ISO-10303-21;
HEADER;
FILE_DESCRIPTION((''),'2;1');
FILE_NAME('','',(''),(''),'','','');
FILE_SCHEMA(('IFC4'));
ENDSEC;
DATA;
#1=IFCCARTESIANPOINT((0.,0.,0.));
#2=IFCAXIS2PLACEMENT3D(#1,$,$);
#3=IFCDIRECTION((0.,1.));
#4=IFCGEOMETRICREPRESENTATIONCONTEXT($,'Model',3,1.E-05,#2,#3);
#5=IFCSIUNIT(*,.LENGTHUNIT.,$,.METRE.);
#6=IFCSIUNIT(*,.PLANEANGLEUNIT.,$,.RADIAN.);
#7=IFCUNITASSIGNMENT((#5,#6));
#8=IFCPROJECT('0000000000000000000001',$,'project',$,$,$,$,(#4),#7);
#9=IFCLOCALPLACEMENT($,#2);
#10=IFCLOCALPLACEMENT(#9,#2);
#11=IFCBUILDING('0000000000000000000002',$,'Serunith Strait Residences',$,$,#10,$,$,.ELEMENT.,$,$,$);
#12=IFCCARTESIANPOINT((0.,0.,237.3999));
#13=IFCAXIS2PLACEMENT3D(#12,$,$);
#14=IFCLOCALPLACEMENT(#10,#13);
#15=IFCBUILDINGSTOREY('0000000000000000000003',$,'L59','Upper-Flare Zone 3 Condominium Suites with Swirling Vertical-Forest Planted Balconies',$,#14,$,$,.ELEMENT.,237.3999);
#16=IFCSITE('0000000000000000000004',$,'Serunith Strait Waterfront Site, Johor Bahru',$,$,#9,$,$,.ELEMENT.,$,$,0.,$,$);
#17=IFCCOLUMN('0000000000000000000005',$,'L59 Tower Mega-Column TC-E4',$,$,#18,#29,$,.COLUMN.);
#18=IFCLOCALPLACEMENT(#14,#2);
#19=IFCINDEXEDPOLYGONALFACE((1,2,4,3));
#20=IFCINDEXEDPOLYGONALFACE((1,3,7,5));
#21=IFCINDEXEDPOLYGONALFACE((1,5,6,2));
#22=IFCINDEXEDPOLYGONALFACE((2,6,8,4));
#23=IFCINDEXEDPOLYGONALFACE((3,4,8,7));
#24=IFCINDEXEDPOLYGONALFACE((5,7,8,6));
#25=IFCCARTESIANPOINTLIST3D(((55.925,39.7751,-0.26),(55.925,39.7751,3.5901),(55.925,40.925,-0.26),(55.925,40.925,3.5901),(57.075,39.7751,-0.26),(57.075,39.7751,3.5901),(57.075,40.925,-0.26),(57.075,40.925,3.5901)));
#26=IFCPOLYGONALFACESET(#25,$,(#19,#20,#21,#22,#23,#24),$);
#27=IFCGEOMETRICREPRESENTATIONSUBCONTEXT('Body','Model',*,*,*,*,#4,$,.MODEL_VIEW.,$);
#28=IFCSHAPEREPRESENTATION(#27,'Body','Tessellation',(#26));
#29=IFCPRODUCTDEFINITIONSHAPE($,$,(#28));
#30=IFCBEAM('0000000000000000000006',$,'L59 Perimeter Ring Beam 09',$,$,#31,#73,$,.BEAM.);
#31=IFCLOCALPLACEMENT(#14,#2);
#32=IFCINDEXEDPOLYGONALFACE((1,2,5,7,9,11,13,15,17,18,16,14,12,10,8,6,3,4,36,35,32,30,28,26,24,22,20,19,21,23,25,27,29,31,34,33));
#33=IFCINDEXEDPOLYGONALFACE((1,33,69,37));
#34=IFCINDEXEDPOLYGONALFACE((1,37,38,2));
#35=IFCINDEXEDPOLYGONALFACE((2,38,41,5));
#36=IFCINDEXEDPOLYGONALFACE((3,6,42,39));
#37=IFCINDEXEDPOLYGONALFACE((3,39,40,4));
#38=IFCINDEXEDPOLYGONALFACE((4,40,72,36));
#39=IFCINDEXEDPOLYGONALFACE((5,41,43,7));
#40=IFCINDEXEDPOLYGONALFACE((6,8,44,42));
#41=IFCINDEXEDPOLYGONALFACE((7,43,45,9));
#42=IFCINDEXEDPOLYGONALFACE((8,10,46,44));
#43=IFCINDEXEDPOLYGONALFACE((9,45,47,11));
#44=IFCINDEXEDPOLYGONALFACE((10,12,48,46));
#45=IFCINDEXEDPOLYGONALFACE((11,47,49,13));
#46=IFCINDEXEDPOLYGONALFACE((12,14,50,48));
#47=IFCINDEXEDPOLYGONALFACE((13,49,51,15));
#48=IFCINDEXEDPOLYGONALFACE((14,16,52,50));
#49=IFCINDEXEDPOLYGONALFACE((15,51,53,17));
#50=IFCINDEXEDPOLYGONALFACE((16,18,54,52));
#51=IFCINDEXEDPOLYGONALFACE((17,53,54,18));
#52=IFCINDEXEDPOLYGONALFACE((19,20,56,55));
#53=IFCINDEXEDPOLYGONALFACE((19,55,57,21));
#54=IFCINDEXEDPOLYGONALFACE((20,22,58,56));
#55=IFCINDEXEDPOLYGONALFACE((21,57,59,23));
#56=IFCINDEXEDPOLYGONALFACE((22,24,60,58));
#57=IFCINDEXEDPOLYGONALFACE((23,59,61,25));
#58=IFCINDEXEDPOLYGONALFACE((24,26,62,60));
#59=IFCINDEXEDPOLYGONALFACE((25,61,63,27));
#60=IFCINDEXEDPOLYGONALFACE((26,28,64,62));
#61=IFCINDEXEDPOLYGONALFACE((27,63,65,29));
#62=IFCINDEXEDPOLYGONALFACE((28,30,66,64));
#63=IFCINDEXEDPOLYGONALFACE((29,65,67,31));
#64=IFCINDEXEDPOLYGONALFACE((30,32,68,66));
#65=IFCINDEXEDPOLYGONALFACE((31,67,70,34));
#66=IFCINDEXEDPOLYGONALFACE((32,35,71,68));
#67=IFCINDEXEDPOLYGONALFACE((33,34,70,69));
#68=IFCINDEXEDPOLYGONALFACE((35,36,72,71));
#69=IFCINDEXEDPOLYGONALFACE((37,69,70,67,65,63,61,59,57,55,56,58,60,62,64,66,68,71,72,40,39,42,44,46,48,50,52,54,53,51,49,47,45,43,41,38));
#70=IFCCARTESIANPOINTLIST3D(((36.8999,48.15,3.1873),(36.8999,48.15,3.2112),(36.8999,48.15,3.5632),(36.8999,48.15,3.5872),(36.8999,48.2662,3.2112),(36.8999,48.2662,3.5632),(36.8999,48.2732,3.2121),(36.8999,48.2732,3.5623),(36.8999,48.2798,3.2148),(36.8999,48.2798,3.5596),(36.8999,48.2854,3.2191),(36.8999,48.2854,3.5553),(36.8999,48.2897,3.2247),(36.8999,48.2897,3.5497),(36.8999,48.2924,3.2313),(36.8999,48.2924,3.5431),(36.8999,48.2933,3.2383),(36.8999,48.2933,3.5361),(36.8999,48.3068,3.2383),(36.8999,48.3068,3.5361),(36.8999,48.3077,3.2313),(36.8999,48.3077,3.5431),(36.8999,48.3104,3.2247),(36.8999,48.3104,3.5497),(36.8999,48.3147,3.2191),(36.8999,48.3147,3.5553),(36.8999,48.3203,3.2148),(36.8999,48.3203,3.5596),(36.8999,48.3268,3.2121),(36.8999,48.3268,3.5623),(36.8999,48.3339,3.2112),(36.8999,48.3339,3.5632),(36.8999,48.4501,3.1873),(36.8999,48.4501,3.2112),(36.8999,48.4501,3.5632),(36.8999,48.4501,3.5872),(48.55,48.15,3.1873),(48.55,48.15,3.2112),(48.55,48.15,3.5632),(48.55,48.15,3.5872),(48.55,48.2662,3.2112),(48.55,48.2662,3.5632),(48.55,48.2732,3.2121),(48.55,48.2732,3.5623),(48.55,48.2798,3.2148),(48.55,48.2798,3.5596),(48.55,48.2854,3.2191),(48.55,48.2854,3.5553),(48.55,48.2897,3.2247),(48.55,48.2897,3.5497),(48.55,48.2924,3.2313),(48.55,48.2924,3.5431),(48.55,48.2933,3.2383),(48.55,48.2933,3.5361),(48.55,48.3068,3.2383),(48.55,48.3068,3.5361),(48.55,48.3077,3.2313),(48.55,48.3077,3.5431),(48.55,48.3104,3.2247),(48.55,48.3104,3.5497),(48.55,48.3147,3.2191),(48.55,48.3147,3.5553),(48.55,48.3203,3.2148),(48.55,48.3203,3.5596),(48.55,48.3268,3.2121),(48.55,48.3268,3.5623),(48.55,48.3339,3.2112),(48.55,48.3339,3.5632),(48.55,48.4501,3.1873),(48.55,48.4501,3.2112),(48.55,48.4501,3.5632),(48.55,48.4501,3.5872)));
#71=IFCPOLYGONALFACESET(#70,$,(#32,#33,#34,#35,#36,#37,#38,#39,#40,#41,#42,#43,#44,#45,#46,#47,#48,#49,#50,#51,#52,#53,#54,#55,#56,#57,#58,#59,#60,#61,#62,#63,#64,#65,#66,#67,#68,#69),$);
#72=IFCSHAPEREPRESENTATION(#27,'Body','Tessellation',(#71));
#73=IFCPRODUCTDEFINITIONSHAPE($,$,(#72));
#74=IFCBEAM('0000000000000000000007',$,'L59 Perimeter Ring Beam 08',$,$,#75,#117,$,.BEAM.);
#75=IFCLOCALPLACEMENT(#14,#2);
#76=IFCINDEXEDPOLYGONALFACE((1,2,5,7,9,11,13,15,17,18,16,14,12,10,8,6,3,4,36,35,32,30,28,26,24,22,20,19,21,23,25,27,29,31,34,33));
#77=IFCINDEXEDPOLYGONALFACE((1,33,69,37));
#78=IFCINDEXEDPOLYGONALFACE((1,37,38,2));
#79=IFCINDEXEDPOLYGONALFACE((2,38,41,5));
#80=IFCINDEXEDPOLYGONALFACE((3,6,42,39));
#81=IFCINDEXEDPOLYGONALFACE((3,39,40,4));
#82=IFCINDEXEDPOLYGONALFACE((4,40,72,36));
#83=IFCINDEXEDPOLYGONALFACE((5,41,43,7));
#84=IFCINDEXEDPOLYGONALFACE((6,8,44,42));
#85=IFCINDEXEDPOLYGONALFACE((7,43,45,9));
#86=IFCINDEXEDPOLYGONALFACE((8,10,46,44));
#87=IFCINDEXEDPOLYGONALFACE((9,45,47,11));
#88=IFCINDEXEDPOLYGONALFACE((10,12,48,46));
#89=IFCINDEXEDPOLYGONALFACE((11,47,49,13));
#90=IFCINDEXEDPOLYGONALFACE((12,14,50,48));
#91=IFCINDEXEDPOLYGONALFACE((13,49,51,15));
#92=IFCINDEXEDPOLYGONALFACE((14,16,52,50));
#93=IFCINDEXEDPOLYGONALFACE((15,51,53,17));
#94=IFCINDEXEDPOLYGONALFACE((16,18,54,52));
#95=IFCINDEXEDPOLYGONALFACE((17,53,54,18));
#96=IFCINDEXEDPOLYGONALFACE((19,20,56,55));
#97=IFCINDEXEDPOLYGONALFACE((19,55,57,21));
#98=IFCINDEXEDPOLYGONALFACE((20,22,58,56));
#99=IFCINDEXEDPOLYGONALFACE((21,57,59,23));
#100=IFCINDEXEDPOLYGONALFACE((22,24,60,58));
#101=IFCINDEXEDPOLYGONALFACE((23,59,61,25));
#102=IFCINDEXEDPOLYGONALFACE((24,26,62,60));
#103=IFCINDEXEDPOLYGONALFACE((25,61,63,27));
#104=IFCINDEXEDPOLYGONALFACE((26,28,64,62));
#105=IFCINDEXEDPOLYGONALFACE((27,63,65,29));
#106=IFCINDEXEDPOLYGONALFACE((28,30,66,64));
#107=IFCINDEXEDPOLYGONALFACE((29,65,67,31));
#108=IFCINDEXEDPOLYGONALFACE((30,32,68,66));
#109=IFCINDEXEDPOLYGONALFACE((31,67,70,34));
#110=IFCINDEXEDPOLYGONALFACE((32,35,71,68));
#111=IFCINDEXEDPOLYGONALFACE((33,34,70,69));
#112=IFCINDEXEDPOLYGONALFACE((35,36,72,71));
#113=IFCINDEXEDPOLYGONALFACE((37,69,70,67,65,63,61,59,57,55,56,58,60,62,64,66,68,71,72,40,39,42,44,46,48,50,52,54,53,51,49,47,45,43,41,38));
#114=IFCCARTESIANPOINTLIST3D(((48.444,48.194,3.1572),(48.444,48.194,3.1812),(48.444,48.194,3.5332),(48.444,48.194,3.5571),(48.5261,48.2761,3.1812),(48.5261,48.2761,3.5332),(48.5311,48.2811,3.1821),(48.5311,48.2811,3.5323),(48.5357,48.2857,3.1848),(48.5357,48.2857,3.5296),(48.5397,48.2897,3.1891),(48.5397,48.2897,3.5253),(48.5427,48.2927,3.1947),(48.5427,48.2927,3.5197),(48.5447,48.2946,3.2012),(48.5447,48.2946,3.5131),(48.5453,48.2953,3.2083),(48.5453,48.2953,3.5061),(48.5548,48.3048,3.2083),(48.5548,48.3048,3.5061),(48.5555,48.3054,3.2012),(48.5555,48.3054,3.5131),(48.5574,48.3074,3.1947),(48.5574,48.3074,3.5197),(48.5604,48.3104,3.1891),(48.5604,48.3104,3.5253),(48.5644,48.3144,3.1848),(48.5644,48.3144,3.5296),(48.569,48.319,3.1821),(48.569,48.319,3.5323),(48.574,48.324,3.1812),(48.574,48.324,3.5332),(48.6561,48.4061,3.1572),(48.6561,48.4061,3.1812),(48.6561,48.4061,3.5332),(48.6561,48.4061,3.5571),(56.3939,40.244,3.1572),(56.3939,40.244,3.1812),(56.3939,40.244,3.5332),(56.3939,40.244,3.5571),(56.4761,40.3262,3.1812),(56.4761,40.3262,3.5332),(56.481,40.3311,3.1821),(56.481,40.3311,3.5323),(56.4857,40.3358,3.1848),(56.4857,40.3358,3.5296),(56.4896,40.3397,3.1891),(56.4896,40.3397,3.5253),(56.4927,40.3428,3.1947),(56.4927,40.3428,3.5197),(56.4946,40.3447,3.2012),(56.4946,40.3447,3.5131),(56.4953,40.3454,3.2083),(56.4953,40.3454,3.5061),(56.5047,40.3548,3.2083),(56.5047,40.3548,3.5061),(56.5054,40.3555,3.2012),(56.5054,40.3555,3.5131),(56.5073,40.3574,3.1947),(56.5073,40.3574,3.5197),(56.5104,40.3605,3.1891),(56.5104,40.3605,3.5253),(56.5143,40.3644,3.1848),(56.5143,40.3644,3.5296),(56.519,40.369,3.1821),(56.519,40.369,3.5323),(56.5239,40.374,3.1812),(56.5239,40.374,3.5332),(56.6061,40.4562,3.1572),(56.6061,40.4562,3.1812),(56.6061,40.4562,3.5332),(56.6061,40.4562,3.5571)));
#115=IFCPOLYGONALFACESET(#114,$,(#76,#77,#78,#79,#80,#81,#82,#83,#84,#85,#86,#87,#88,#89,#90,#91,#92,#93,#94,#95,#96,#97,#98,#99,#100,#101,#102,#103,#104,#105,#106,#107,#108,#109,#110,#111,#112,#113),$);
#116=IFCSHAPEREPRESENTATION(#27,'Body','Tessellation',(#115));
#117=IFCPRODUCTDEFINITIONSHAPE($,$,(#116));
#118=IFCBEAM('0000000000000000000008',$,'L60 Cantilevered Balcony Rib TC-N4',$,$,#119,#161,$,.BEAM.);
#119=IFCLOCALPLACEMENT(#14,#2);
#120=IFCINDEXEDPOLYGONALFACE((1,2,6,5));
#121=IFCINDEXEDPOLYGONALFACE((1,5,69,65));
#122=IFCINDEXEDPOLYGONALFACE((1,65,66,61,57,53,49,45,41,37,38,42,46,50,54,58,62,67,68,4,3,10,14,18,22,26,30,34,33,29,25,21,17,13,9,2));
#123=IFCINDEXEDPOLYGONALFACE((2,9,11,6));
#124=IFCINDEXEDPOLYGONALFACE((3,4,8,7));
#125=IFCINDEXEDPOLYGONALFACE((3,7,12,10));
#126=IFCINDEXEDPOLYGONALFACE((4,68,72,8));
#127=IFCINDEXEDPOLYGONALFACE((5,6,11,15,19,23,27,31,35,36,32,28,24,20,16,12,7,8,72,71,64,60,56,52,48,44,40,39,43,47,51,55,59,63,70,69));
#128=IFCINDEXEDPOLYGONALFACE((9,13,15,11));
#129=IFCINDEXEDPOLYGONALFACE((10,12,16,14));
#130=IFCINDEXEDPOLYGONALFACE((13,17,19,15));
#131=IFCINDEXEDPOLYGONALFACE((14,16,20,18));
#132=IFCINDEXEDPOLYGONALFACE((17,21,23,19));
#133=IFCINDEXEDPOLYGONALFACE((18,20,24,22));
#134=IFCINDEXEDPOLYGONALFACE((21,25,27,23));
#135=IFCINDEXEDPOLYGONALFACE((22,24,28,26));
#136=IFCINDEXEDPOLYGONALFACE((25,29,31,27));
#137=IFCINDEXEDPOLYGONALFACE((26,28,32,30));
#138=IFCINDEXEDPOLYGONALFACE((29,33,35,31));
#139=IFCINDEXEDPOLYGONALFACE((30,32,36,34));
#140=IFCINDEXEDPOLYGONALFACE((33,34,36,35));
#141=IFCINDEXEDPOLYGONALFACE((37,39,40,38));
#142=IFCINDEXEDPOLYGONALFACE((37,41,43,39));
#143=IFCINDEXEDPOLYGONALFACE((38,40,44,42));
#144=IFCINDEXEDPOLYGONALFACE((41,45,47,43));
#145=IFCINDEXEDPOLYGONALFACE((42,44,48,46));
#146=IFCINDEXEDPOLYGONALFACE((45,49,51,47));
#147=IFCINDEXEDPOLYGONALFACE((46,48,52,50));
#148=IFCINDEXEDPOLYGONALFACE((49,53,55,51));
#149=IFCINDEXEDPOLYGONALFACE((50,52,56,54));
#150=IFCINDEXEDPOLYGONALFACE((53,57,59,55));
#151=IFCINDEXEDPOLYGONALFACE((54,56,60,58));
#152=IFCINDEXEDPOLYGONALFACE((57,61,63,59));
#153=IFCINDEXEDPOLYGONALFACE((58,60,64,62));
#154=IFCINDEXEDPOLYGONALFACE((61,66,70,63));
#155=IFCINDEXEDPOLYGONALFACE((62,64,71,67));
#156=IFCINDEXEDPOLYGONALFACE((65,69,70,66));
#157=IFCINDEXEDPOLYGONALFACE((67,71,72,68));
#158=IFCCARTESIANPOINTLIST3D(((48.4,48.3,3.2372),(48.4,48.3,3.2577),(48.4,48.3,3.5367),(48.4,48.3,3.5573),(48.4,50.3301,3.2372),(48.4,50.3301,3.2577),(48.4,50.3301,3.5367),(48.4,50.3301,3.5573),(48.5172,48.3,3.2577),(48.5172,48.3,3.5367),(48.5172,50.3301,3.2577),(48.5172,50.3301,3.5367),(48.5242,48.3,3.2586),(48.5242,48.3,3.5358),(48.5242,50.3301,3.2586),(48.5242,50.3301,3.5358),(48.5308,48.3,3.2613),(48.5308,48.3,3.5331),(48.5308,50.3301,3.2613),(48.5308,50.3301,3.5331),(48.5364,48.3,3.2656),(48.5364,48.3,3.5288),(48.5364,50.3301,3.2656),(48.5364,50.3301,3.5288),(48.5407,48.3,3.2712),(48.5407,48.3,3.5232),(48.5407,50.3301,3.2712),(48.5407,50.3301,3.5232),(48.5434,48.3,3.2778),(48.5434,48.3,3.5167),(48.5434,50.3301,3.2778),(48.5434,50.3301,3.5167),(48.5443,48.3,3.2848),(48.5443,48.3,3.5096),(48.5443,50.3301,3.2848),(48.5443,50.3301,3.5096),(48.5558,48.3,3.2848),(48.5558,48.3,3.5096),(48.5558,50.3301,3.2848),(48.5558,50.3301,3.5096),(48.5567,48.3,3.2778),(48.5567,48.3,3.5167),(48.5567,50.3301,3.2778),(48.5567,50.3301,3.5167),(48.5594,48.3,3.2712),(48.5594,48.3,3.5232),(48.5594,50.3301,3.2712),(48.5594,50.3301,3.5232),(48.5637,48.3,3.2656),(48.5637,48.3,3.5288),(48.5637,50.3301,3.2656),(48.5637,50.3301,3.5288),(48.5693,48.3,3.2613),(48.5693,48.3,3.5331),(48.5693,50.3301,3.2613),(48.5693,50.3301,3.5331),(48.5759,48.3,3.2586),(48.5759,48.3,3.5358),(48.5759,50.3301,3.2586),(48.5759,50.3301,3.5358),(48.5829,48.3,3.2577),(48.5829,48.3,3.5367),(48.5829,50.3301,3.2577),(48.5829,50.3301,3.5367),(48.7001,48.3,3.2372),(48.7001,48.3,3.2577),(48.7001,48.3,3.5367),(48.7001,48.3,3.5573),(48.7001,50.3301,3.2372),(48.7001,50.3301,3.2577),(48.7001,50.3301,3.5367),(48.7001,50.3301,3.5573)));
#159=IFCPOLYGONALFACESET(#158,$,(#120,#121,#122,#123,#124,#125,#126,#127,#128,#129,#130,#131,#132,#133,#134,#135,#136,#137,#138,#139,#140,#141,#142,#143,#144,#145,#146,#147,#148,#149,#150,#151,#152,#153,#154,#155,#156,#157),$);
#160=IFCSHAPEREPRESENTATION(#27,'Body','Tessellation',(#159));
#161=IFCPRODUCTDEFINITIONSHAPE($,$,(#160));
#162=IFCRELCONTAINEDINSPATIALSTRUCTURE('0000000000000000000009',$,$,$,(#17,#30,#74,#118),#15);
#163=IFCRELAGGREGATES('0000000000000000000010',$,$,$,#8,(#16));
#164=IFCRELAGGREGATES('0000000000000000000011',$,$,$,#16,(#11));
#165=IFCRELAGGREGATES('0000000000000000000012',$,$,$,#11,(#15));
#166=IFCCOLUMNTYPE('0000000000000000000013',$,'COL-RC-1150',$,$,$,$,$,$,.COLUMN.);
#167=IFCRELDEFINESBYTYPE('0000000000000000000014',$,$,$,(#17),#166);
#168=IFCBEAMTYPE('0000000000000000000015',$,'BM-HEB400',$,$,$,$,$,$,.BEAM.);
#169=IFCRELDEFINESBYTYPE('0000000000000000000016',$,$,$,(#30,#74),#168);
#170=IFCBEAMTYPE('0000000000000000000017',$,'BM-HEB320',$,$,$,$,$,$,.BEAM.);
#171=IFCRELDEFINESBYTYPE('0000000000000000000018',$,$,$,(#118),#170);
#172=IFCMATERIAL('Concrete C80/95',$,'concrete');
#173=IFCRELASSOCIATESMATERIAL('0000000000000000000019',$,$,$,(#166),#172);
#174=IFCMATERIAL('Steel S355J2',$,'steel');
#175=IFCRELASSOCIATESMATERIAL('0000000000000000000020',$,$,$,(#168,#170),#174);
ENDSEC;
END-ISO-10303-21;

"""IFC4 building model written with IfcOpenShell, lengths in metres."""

from ifc_helpers import new_model, si_unit, direction, frame, origin, origin_2d, place, context, subcontext, project, spatial, rectangle, i_section, extrude, source, transform, mapped, material, material_profile, profile_set, type_object, element, save


model = new_model("IFC4")

# Units and contexts
model_context = context("Model", 3, precision=1e-05, world=origin(), true_north=direction((0.0, 1.0)))
body_context = subcontext(model_context, "Body", "Model", "MODEL_VIEW")
ifc_project = project(units=[si_unit("LENGTHUNIT", "METRE"), si_unit("PLANEANGLEUNIT", "RADIAN")], contexts=[model_context])

# Site, building, storey
site_placement = place(None, origin())
site = spatial("IfcSite", under=ifc_project, at=site_placement, Name="Serunith Strait Waterfront Site, Johor Bahru", CompositionType="ELEMENT", RefElevation=0.0)
building_placement = place(site_placement, origin())
building = spatial("IfcBuilding", under=site, at=building_placement, Name="Serunith Strait Residences", CompositionType="ELEMENT")
storey_placement = place(building_placement, frame((0.0, 0.0, 237.3999)))
storey = spatial("IfcBuildingStorey", under=building, at=storey_placement, Name="L59", Description="Upper-Flare Zone 3 Condominium Suites with Swirling Vertical-Forest Planted Balconies", CompositionType="ELEMENT", Elevation=237.3999)

# Column
ifc_material_1 = material(Name="Concrete C80/95", Category="concrete")
ifc_material_profile_1 = material_profile(ifc_material_1, rectangle(XDim=1.1499, YDim=1.1499, at=origin_2d()), Name="RC 1150x1150")
ifc_profile_set_1 = profile_set([ifc_material_profile_1], Name="Concrete C80/95")
column_type = type_object("IfcColumnType", Name="COL-RC-1150", PredefinedType="COLUMN", material=ifc_profile_set_1)
shared_shape_1 = source(origin(), body_context, "Body", "SweptSolid", [
    extrude(rectangle(XDim=1.1499, YDim=1.1499, at=origin_2d()), origin(), (0.0, 0.0, 1.0), 3.8501),
])
column_placement = place(storey_placement, frame((56.5, 40.3501, -0.26), z_axis=(0.0, 0.0, 1.0), x_axis=(1.0, 0.0, 0.0)))
element("IfcColumn", 1, at=column_placement, inside=storey, type_object=column_type, Name="L59 Tower Mega-Column TC-E4", PredefinedType="COLUMN", context=body_context, shape_type="MappedRepresentation", body=[
    mapped(shared_shape_1, transform((0.0, 0.0, 0.0), scale=1.0)),
])

# Beams
ifc_material_2 = material(Name="Steel S355J2", Category="steel")
ifc_material_profile_2 = material_profile(ifc_material_2, i_section(OverallWidth=0.3, OverallDepth=0.3999, WebThickness=0.0134, FlangeThickness=0.0239, FilletRadius=0.0271, at=origin_2d()), Name="HEB 400")
ifc_profile_set_2 = profile_set([ifc_material_profile_2], Name="Steel S355J2")
beam_type_1 = type_object("IfcBeamType", Name="BM-HEB400", PredefinedType="BEAM", material=ifc_profile_set_2)
shared_shape_2 = source(origin(), body_context, "Body", "SweptSolid", [
    extrude(i_section(OverallWidth=0.3, OverallDepth=0.3999, WebThickness=0.0134, FlangeThickness=0.0239, FilletRadius=0.0271, at=origin_2d()), origin(), (0.0, 0.0, 1.0), 11.6501),
])
beam_1_placement = place(storey_placement, frame((48.55, 48.3, 3.3872), z_axis=(-1.0, 0.0, 0.0), x_axis=(0.0, -1.0, 0.0)))
element("IfcBeam", 2, at=beam_1_placement, inside=storey, type_object=beam_type_1, Name="L59 Perimeter Ring Beam 09", PredefinedType="BEAM", context=body_context, shape_type="MappedRepresentation", body=[
    mapped(shared_shape_2, transform((0.0, 0.0, 0.0), scale=1.0)),
])
shared_shape_3 = source(origin(), body_context, "Body", "SweptSolid", [
    extrude(i_section(OverallWidth=0.3, OverallDepth=0.3999, WebThickness=0.0134, FlangeThickness=0.0239, FilletRadius=0.0271, at=origin_2d()), origin(), (0.0, 0.0, 1.0), 11.2429),
])
beam_2_placement = place(storey_placement, frame((56.5, 40.3501, 3.3572), z_axis=(-0.707107, 0.707107, 0.0), x_axis=(-0.707107, -0.707107, 0.0)))
element("IfcBeam", 3, at=beam_2_placement, inside=storey, type_object=beam_type_1, Name="L59 Perimeter Ring Beam 08", PredefinedType="BEAM", context=body_context, shape_type="MappedRepresentation", body=[
    mapped(shared_shape_3, transform((0.0, 0.0, 0.0), scale=1.0)),
])
ifc_material_profile_3 = material_profile(ifc_material_2, i_section(OverallWidth=0.3, OverallDepth=0.3201, WebThickness=0.0115, FlangeThickness=0.0205, FilletRadius=0.0271, at=origin_2d()), Name="HEB 320")
ifc_profile_set_3 = profile_set([ifc_material_profile_3], Name="Steel S355J2")
beam_type_2 = type_object("IfcBeamType", Name="BM-HEB320", PredefinedType="BEAM", material=ifc_profile_set_3)
shared_shape_4 = source(origin(), body_context, "Body", "SweptSolid", [
    extrude(i_section(OverallWidth=0.3, OverallDepth=0.3201, WebThickness=0.0115, FlangeThickness=0.0205, FilletRadius=0.0271, at=origin_2d()), origin(), (0.0, 0.0, 1.0), 2.03),
])
for number, where, z_axis, x_axis, name in (
    (4, (48.55, 48.3, 3.3972), (0.0, 1.0, 0.0), (-1.0, 0.0, 0.0), "L60 Cantilevered Balcony Rib TC-N4"),
):
    element("IfcBeam", number, at=place(storey_placement, frame(where, z_axis=z_axis, x_axis=x_axis)), inside=storey, type_object=beam_type_2, Name=name, PredefinedType="BEAM", context=body_context, shape_type="MappedRepresentation", body=[
        mapped(shared_shape_4, transform((0.0, 0.0, 0.0), scale=1.0)),
    ])

save(model, "model.ifc")
